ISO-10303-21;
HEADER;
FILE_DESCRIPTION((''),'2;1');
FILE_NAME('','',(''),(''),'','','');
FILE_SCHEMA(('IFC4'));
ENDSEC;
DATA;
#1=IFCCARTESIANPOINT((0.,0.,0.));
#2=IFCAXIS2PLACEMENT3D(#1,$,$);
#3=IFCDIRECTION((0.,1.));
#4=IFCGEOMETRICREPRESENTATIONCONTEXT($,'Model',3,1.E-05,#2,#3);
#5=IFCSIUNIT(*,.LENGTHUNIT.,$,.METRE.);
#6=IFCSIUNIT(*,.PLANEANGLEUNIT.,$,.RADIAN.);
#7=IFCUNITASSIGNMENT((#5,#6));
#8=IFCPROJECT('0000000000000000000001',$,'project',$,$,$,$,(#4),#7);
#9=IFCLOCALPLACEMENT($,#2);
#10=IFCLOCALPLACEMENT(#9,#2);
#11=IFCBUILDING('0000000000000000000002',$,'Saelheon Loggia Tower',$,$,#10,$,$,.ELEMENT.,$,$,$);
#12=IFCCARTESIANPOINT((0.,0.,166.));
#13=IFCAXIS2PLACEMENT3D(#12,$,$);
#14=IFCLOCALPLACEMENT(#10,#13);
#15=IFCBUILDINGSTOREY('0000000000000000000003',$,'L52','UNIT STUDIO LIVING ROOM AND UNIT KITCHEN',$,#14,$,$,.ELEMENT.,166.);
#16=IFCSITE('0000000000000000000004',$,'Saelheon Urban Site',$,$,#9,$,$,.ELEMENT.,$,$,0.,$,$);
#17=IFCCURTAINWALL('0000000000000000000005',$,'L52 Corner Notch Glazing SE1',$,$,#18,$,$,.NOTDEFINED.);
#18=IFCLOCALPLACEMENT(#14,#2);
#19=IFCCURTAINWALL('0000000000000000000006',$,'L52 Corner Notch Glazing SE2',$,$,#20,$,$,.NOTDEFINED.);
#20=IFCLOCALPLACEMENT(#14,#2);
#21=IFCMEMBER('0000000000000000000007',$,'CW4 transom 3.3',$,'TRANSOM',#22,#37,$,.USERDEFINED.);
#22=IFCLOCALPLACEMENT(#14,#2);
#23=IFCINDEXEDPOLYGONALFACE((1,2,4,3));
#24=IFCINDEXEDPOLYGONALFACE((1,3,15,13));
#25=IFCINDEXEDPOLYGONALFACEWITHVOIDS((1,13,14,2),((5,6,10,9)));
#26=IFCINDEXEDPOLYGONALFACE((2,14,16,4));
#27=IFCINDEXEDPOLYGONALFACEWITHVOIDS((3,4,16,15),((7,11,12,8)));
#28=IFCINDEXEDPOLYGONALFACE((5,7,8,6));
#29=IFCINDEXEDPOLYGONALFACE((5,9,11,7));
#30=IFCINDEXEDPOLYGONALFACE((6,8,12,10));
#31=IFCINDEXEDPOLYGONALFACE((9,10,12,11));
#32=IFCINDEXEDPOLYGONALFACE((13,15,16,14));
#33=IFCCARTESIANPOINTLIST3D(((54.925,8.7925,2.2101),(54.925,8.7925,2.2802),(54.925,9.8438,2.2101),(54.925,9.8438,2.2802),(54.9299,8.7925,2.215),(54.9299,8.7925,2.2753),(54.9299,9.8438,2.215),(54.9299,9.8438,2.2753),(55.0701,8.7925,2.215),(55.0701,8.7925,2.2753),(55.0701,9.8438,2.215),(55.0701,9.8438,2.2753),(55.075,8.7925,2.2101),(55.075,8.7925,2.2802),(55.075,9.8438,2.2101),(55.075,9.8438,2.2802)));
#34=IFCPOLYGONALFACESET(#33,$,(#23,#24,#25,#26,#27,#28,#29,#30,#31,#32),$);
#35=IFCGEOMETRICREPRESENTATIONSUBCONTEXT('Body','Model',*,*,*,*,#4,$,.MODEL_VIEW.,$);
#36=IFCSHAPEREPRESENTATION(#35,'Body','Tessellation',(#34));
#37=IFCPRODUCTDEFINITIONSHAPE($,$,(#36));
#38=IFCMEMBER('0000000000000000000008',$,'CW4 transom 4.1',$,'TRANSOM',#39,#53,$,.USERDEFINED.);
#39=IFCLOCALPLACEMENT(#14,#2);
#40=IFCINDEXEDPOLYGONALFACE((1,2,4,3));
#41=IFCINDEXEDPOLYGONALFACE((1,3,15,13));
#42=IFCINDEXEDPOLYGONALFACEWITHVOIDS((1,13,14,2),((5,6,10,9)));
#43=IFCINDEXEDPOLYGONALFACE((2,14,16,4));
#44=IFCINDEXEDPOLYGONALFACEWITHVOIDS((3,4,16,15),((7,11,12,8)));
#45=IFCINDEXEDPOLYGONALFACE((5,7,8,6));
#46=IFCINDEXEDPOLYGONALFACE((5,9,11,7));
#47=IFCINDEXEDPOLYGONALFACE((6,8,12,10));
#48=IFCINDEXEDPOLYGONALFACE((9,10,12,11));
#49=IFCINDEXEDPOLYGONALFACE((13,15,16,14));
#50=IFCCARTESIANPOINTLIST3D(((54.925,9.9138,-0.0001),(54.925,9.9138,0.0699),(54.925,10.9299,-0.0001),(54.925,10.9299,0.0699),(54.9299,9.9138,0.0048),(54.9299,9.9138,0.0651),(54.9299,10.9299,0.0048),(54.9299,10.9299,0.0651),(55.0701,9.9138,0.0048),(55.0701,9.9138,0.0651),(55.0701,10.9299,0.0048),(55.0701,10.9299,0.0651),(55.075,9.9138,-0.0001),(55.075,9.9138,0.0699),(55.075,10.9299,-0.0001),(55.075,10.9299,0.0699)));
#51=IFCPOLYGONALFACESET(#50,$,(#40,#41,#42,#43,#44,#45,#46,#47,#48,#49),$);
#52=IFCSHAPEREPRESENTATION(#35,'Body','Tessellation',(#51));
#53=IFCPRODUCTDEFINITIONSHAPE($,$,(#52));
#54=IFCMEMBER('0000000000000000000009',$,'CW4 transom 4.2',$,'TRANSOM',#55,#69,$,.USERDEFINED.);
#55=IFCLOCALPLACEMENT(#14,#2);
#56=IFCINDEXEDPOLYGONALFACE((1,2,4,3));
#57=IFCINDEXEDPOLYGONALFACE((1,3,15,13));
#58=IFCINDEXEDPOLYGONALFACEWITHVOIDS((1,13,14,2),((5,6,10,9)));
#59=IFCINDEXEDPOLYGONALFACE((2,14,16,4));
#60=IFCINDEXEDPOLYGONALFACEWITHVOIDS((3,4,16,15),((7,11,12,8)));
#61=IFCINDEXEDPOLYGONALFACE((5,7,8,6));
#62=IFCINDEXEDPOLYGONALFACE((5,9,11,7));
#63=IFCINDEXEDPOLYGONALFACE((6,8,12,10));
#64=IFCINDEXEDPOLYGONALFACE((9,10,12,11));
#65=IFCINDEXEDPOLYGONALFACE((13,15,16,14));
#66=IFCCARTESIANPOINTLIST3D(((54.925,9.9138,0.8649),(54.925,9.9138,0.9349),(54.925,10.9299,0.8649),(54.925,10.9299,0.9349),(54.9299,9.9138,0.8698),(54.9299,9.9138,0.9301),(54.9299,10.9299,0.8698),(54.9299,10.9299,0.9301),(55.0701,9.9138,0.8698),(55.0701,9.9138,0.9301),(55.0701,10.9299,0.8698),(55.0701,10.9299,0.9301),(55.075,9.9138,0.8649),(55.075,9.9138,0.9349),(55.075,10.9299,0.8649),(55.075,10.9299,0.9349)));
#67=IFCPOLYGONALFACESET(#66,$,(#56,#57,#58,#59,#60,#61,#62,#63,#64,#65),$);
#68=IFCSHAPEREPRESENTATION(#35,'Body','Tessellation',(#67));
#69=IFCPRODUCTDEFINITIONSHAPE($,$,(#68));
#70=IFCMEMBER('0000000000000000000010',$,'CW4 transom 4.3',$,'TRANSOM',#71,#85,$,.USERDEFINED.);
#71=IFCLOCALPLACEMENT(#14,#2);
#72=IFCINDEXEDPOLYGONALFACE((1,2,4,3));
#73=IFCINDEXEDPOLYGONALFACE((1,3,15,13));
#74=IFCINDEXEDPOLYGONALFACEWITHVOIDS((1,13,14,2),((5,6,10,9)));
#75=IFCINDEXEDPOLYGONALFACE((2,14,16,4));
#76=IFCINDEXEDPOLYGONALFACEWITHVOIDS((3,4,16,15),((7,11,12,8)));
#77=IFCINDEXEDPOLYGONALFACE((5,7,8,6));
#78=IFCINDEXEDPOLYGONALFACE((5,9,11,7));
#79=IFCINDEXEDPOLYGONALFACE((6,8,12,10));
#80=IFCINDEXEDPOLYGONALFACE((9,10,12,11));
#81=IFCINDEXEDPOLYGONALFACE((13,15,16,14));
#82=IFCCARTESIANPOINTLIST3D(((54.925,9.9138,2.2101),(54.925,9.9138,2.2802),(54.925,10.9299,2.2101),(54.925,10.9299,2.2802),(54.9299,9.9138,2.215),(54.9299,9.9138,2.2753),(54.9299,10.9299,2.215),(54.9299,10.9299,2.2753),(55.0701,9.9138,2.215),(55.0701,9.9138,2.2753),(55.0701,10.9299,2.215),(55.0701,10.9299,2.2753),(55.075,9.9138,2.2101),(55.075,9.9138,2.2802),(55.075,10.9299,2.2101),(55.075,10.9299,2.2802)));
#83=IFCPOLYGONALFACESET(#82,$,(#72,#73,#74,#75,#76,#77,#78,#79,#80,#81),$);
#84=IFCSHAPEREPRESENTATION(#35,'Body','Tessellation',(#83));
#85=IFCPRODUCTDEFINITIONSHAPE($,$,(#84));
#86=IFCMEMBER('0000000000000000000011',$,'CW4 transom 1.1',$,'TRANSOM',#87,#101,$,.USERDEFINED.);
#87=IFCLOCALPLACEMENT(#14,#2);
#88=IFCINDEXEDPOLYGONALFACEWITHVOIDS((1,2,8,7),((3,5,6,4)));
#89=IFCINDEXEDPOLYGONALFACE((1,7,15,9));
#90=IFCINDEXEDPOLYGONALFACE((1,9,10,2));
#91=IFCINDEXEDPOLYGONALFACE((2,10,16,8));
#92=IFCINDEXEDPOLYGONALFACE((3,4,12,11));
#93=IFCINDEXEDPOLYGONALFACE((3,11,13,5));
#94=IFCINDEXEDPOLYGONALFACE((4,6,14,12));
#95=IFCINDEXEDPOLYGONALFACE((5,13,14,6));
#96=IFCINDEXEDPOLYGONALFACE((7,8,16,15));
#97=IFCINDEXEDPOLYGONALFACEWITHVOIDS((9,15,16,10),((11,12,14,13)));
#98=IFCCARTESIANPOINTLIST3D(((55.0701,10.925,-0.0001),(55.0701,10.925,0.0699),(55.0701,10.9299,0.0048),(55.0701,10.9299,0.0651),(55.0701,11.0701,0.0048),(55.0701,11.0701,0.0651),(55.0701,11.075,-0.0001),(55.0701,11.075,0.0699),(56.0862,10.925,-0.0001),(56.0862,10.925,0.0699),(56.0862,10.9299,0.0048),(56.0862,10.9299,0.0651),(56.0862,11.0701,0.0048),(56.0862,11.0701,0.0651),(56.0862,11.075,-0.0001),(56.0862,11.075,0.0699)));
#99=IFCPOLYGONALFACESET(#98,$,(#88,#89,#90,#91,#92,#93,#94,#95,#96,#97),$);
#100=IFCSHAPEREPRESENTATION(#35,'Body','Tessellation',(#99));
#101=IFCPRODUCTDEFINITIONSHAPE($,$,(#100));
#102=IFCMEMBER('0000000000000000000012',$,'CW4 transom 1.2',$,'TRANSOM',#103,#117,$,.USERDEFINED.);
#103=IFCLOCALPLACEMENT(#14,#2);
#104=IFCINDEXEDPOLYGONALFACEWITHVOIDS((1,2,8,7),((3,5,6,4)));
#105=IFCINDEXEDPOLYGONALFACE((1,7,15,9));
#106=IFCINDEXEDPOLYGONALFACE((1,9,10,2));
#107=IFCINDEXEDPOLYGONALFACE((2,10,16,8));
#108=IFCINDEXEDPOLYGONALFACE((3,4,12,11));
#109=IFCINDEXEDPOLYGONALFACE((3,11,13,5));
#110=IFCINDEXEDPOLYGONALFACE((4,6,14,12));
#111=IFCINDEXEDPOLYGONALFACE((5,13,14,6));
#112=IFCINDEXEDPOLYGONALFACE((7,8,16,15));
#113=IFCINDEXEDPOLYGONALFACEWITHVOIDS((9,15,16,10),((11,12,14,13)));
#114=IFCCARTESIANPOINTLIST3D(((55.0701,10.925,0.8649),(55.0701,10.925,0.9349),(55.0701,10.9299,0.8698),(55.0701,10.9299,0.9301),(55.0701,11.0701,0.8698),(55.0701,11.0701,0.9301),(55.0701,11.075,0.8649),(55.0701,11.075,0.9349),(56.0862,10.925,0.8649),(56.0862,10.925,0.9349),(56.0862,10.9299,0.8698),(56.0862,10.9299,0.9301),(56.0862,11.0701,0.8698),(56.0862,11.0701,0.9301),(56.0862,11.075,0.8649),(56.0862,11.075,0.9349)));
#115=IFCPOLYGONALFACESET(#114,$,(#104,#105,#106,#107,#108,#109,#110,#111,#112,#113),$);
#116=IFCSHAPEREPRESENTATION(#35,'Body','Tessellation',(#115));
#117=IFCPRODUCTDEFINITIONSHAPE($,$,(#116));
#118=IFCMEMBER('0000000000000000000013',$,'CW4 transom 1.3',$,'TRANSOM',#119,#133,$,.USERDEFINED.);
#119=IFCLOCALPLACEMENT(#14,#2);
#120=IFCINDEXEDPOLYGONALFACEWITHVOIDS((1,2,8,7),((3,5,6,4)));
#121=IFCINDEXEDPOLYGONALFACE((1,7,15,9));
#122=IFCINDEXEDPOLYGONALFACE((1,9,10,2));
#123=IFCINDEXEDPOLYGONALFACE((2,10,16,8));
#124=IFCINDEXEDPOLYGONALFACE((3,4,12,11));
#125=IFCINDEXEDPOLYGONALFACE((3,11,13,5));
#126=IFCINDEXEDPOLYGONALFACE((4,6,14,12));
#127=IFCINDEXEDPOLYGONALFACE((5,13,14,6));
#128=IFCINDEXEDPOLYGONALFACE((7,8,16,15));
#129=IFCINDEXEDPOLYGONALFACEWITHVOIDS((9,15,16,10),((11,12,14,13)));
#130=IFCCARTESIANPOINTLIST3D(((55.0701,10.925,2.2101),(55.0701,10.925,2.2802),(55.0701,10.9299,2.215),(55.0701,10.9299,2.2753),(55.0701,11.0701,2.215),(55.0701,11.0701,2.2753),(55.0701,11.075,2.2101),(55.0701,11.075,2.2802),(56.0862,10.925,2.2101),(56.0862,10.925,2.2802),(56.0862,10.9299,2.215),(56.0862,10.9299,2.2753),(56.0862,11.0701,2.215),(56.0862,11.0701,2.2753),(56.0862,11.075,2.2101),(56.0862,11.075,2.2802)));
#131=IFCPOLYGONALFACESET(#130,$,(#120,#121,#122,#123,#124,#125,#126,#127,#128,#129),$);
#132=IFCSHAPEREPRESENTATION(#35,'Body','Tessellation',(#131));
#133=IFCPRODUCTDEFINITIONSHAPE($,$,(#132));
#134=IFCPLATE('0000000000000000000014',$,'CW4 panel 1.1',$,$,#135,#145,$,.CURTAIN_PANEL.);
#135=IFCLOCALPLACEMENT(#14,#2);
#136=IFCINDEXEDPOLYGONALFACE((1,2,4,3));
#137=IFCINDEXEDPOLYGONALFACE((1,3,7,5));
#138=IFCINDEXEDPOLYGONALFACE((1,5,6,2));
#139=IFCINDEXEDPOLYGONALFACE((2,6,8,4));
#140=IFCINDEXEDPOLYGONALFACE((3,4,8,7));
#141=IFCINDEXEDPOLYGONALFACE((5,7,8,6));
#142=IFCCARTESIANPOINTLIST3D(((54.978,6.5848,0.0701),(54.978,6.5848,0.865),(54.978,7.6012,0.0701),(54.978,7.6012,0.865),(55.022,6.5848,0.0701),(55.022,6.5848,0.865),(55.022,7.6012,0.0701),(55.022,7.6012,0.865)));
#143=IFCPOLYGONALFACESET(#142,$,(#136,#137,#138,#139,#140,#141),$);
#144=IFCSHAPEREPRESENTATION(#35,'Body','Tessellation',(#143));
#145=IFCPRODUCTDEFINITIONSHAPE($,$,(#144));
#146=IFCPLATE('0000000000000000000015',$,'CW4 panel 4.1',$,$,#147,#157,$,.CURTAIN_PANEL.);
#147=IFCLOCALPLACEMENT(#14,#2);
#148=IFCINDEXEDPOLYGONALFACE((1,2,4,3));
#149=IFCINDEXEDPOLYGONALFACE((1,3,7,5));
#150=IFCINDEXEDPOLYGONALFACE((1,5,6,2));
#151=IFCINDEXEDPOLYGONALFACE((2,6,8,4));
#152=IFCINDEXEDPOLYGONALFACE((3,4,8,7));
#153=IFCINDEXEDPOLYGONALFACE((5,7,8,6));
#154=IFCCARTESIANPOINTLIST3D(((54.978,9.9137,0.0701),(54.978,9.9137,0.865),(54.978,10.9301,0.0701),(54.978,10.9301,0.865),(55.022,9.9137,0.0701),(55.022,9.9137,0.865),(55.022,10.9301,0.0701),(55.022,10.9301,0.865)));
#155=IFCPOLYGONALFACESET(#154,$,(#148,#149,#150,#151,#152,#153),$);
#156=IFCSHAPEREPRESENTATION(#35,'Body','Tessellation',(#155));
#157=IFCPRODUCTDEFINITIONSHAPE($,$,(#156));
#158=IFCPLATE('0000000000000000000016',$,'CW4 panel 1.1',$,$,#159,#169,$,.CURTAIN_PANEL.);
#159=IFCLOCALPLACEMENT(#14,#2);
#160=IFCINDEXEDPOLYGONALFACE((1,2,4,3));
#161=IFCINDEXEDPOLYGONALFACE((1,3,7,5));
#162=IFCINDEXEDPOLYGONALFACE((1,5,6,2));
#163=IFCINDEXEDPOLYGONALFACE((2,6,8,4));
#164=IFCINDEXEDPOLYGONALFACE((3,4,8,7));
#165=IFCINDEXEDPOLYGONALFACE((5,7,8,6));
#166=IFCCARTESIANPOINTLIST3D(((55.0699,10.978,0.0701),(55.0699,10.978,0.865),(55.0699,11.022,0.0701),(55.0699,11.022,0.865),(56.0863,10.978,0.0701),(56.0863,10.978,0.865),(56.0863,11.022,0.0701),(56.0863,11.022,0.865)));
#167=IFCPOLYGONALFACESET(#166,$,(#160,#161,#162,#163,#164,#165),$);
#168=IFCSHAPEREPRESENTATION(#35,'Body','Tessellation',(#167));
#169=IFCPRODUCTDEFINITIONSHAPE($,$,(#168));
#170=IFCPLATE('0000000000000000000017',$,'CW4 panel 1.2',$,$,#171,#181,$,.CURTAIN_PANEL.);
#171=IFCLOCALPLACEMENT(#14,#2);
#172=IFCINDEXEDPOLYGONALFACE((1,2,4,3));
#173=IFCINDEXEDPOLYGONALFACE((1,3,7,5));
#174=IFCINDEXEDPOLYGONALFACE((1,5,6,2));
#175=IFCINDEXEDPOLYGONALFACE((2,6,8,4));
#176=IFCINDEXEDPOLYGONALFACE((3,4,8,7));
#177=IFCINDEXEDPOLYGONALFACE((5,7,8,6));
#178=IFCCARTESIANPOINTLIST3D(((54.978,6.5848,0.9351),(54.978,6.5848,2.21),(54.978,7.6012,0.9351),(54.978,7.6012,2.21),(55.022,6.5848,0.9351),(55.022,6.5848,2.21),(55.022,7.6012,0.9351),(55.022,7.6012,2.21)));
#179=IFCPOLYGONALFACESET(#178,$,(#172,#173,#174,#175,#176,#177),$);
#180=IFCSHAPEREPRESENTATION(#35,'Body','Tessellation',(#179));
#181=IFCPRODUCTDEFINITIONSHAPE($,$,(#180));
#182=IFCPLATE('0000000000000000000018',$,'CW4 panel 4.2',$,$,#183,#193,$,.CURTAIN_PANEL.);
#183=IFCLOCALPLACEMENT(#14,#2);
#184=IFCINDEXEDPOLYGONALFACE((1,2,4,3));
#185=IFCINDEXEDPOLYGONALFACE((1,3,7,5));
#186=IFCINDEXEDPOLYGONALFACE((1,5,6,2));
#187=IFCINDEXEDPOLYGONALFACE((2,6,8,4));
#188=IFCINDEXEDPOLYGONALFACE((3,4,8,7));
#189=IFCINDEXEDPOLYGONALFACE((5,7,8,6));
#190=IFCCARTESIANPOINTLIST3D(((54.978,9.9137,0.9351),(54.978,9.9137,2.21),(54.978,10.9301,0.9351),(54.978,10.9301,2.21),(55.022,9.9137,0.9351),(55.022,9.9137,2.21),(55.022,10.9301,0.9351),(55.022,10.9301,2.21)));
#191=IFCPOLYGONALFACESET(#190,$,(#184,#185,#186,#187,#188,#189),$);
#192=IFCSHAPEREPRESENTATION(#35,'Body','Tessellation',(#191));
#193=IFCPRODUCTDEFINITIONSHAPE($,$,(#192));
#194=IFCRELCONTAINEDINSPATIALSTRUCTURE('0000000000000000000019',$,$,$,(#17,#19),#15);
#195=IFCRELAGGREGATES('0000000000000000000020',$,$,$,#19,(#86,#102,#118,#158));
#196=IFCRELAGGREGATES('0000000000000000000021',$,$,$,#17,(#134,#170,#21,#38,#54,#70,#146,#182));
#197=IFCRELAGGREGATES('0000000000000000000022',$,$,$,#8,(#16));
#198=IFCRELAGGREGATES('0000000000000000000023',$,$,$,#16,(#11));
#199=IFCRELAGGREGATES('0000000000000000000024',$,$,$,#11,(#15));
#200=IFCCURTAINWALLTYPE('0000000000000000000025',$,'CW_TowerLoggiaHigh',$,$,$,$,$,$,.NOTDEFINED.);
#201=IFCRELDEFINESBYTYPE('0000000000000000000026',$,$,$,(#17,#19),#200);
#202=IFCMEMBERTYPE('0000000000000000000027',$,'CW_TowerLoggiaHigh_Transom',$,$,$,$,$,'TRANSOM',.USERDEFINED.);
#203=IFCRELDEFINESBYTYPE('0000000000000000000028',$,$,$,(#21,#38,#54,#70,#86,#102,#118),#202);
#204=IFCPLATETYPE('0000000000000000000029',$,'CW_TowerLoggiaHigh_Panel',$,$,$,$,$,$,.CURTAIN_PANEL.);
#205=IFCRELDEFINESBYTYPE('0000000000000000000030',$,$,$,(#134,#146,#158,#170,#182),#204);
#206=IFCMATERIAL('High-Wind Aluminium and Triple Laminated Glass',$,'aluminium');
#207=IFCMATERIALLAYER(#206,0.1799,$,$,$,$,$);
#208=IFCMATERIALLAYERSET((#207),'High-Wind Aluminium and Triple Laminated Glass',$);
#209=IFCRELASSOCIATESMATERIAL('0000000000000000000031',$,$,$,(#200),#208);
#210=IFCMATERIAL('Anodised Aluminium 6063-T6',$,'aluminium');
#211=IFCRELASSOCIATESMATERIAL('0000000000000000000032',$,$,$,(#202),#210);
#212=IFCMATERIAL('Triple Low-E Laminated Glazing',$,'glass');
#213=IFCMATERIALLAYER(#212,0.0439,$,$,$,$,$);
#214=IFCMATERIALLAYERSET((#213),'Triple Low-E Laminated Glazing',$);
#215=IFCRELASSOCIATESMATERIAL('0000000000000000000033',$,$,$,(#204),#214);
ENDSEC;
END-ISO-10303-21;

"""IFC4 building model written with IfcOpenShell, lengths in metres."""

from ifc_helpers import new_model, si_unit, direction, frame, origin, origin_2d, place, context, subcontext, project, spatial, rectangle, hollow_rectangle, extrude, source, transform, mapped, material, layer, layer_set, material_profile, profile_set, type_object, element, aggregate, save


model = new_model("IFC4")

# Units and contexts
model_context = context("Model", 3, precision=1e-05, world=origin(), true_north=direction((0.0, 1.0)))
body_context = subcontext(model_context, "Body", "Model", "MODEL_VIEW")
ifc_project = project(units=[si_unit("LENGTHUNIT", "METRE"), si_unit("PLANEANGLEUNIT", "RADIAN")], contexts=[model_context])

# Site, building, storey
site_placement = place(None, origin())
site = spatial("IfcSite", under=ifc_project, at=site_placement, Name="Saelheon Urban Site", CompositionType="ELEMENT", RefElevation=0.0)
building_placement = place(site_placement, origin())
building = spatial("IfcBuilding", under=site, at=building_placement, Name="Saelheon Loggia Tower", CompositionType="ELEMENT")
storey_placement = place(building_placement, frame((0.0, 0.0, 166.0)))
storey = spatial("IfcBuildingStorey", under=building, at=storey_placement, Name="L52", Description="UNIT STUDIO LIVING ROOM AND UNIT KITCHEN", CompositionType="ELEMENT", Elevation=166.0)

# Curtain wall
ifc_material_1 = material(Name="High-Wind Aluminium and Triple Laminated Glass", Category="aluminium")
ifc_layer_1 = layer(ifc_material_1, 0.1799)
ifc_layer_set_1 = layer_set([ifc_layer_1], Name="High-Wind Aluminium and Triple Laminated Glass")
curtain_wall_type = type_object("IfcCurtainWallType", Name="CW_TowerLoggiaHigh", PredefinedType="NOTDEFINED", material=ifc_layer_set_1)
curtain_wall_1_placement = place(storey_placement, origin())
curtain_wall_1 = element("IfcCurtainWall", 1, at=curtain_wall_1_placement, inside=storey, type_object=curtain_wall_type, Name="L52 Corner Notch Glazing SE1", PredefinedType="NOTDEFINED")
ifc_material_2 = material(Name="Anodised Aluminium 6063-T6", Category="aluminium")

# Curtain wall
curtain_wall_2_placement = place(storey_placement, origin())
curtain_wall_2 = element("IfcCurtainWall", 2, at=curtain_wall_2_placement, inside=storey, type_object=curtain_wall_type, Name="L52 Corner Notch Glazing SE2", PredefinedType="NOTDEFINED")

# Members
ifc_material_profile_1 = material_profile(ifc_material_2, hollow_rectangle(XDim=0.0701, YDim=0.1499, WallThickness=0.0049, at=origin_2d()), Name="RHS-150x70x5")
ifc_profile_set_1 = profile_set([ifc_material_profile_1], Name="Anodised Aluminium 6063-T6")
member_type_1 = type_object("IfcMemberType", Name="CW_TowerLoggiaHigh_Transom", ElementType="TRANSOM", PredefinedType="USERDEFINED", material=ifc_profile_set_1)
shared_shape_1 = source(origin(), body_context, "Body", "SweptSolid", [
    extrude(hollow_rectangle(XDim=0.0701, YDim=0.1499, WallThickness=0.0049, at=origin_2d()), origin(), (0.0, 0.0, 1.0), 1.0513),
])
member_1_placement = place(storey_placement, frame((55.0, 8.7925, 2.2451), z_axis=(0.0, 1.0, 0.0), x_axis=(0.0, 0.0, 1.0)))
member_1 = element("IfcMember", 3, at=member_1_placement, type_object=member_type_1, Name="CW4 transom 3.3", ObjectType="TRANSOM", PredefinedType="USERDEFINED", context=body_context, shape_type="MappedRepresentation", body=[
    mapped(shared_shape_1, transform((0.0, 0.0, 0.0), scale=1.0)),
])
shared_shape_2 = source(origin(), body_context, "Body", "SweptSolid", [
    extrude(hollow_rectangle(XDim=0.0701, YDim=0.1499, WallThickness=0.0049, at=origin_2d()), origin(), (0.0, 0.0, 1.0), 1.0161),
])
member_2_placement = place(storey_placement, frame((55.0, 9.9138, 0.0349), z_axis=(0.0, 1.0, 0.0), x_axis=(0.0, 0.0, 1.0)))
member_2 = element("IfcMember", 4, at=member_2_placement, type_object=member_type_1, Name="CW4 transom 4.1", ObjectType="TRANSOM", PredefinedType="USERDEFINED", context=body_context, shape_type="MappedRepresentation", body=[
    mapped(shared_shape_2, transform((0.0, 0.0, 0.0), scale=1.0)),
])
member_3_placement = place(storey_placement, frame((55.0, 9.9138, 0.8999), z_axis=(0.0, 1.0, 0.0), x_axis=(0.0, 0.0, 1.0)))
member_3 = element("IfcMember", 5, at=member_3_placement, type_object=member_type_1, Name="CW4 transom 4.2", ObjectType="TRANSOM", PredefinedType="USERDEFINED", context=body_context, shape_type="MappedRepresentation", body=[
    mapped(shared_shape_2, transform((0.0, 0.0, 0.0), scale=1.0)),
])
member_4_placement = place(storey_placement, frame((55.0, 9.9138, 2.2451), z_axis=(0.0, 1.0, 0.0), x_axis=(0.0, 0.0, 1.0)))
member_4 = element("IfcMember", 6, at=member_4_placement, type_object=member_type_1, Name="CW4 transom 4.3", ObjectType="TRANSOM", PredefinedType="USERDEFINED", context=body_context, shape_type="MappedRepresentation", body=[
    mapped(shared_shape_2, transform((0.0, 0.0, 0.0), scale=1.0)),
])
member_5_placement = place(storey_placement, frame((55.0701, 11.0, 0.0349), z_axis=(1.0, 0.0, 0.0), x_axis=(0.0, 0.0, 1.0)))
member_5 = element("IfcMember", 7, at=member_5_placement, type_object=member_type_1, Name="CW4 transom 1.1", ObjectType="TRANSOM", PredefinedType="USERDEFINED", context=body_context, shape_type="MappedRepresentation", body=[
    mapped(shared_shape_2, transform((0.0, 0.0, 0.0), scale=1.0)),
])
member_6_placement = place(storey_placement, frame((55.0701, 11.0, 0.8999), z_axis=(1.0, 0.0, 0.0), x_axis=(0.0, 0.0, 1.0)))
member_6 = element("IfcMember", 8, at=member_6_placement, type_object=member_type_1, Name="CW4 transom 1.2", ObjectType="TRANSOM", PredefinedType="USERDEFINED", context=body_context, shape_type="MappedRepresentation", body=[
    mapped(shared_shape_2, transform((0.0, 0.0, 0.0), scale=1.0)),
])
member_7_placement = place(storey_placement, frame((55.0701, 11.0, 2.2451), z_axis=(1.0, 0.0, 0.0), x_axis=(0.0, 0.0, 1.0)))
member_7 = element("IfcMember", 9, at=member_7_placement, type_object=member_type_1, Name="CW4 transom 1.3", ObjectType="TRANSOM", PredefinedType="USERDEFINED", context=body_context, shape_type="MappedRepresentation", body=[
    mapped(shared_shape_2, transform((0.0, 0.0, 0.0), scale=1.0)),
])

# Plates
ifc_material_3 = material(Name="Triple Low-E Laminated Glazing", Category="glass")
ifc_layer_2 = layer(ifc_material_3, 0.0439)
ifc_layer_set_2 = layer_set([ifc_layer_2], Name="Triple Low-E Laminated Glazing")
plate_type = type_object("IfcPlateType", Name="CW_TowerLoggiaHigh_Panel", PredefinedType="CURTAIN_PANEL", material=ifc_layer_set_2)
shared_shape_3 = source(origin(), body_context, "Body", "SweptSolid", [
    extrude(rectangle(XDim=1.0164, YDim=0.0439, at=origin_2d()), origin(), (0.0, 0.0, 1.0), 0.7949),
])
plate_1_placement = place(storey_placement, frame((55.0, 7.093, 0.0701), z_axis=(0.0, 0.0, 1.0), x_axis=(0.0, 1.0, 0.0)))
plate_1 = element("IfcPlate", 10, at=plate_1_placement, type_object=plate_type, Name="CW4 panel 1.1", PredefinedType="CURTAIN_PANEL", context=body_context, shape_type="MappedRepresentation", body=[
    mapped(shared_shape_3, transform((0.0, 0.0, 0.0), scale=1.0)),
])
plate_2_placement = place(storey_placement, frame((55.0, 10.4219, 0.0701), z_axis=(0.0, 0.0, 1.0), x_axis=(0.0, 1.0, 0.0)))
plate_2 = element("IfcPlate", 11, at=plate_2_placement, type_object=plate_type, Name="CW4 panel 4.1", PredefinedType="CURTAIN_PANEL", context=body_context, shape_type="MappedRepresentation", body=[
    mapped(shared_shape_3, transform((0.0, 0.0, 0.0), scale=1.0)),
])
plate_3_placement = place(storey_placement, frame((55.5781, 11.0, 0.0701), z_axis=(0.0, 0.0, 1.0), x_axis=(1.0, 0.0, 0.0)))
plate_3 = element("IfcPlate", 12, at=plate_3_placement, type_object=plate_type, Name="CW4 panel 1.1", PredefinedType="CURTAIN_PANEL", context=body_context, shape_type="MappedRepresentation", body=[
    mapped(shared_shape_3, transform((0.0, 0.0, 0.0), scale=1.0)),
])
shared_shape_4 = source(origin(), body_context, "Body", "SweptSolid", [
    extrude(rectangle(XDim=1.0164, YDim=0.0439, at=origin_2d()), origin(), (0.0, 0.0, 1.0), 1.2749),
])
plate_4_placement = place(storey_placement, frame((55.0, 7.093, 0.9351), z_axis=(0.0, 0.0, 1.0), x_axis=(0.0, 1.0, 0.0)))
plate_4 = element("IfcPlate", 13, at=plate_4_placement, type_object=plate_type, Name="CW4 panel 1.2", PredefinedType="CURTAIN_PANEL", context=body_context, shape_type="MappedRepresentation", body=[
    mapped(shared_shape_4, transform((0.0, 0.0, 0.0), scale=1.0)),
])
plate_5_placement = place(storey_placement, frame((55.0, 10.4219, 0.9351), z_axis=(0.0, 0.0, 1.0), x_axis=(0.0, 1.0, 0.0)))
plate_5 = element("IfcPlate", 14, at=plate_5_placement, type_object=plate_type, Name="CW4 panel 4.2", PredefinedType="CURTAIN_PANEL", context=body_context, shape_type="MappedRepresentation", body=[
    mapped(shared_shape_4, transform((0.0, 0.0, 0.0), scale=1.0)),
])
aggregate(curtain_wall_2, [member_5, member_6, member_7, plate_3])
aggregate(curtain_wall_1, [plate_1, plate_4, member_1, member_2, member_3, member_4, plate_2, plate_5])

save(model, "model.ifc")
